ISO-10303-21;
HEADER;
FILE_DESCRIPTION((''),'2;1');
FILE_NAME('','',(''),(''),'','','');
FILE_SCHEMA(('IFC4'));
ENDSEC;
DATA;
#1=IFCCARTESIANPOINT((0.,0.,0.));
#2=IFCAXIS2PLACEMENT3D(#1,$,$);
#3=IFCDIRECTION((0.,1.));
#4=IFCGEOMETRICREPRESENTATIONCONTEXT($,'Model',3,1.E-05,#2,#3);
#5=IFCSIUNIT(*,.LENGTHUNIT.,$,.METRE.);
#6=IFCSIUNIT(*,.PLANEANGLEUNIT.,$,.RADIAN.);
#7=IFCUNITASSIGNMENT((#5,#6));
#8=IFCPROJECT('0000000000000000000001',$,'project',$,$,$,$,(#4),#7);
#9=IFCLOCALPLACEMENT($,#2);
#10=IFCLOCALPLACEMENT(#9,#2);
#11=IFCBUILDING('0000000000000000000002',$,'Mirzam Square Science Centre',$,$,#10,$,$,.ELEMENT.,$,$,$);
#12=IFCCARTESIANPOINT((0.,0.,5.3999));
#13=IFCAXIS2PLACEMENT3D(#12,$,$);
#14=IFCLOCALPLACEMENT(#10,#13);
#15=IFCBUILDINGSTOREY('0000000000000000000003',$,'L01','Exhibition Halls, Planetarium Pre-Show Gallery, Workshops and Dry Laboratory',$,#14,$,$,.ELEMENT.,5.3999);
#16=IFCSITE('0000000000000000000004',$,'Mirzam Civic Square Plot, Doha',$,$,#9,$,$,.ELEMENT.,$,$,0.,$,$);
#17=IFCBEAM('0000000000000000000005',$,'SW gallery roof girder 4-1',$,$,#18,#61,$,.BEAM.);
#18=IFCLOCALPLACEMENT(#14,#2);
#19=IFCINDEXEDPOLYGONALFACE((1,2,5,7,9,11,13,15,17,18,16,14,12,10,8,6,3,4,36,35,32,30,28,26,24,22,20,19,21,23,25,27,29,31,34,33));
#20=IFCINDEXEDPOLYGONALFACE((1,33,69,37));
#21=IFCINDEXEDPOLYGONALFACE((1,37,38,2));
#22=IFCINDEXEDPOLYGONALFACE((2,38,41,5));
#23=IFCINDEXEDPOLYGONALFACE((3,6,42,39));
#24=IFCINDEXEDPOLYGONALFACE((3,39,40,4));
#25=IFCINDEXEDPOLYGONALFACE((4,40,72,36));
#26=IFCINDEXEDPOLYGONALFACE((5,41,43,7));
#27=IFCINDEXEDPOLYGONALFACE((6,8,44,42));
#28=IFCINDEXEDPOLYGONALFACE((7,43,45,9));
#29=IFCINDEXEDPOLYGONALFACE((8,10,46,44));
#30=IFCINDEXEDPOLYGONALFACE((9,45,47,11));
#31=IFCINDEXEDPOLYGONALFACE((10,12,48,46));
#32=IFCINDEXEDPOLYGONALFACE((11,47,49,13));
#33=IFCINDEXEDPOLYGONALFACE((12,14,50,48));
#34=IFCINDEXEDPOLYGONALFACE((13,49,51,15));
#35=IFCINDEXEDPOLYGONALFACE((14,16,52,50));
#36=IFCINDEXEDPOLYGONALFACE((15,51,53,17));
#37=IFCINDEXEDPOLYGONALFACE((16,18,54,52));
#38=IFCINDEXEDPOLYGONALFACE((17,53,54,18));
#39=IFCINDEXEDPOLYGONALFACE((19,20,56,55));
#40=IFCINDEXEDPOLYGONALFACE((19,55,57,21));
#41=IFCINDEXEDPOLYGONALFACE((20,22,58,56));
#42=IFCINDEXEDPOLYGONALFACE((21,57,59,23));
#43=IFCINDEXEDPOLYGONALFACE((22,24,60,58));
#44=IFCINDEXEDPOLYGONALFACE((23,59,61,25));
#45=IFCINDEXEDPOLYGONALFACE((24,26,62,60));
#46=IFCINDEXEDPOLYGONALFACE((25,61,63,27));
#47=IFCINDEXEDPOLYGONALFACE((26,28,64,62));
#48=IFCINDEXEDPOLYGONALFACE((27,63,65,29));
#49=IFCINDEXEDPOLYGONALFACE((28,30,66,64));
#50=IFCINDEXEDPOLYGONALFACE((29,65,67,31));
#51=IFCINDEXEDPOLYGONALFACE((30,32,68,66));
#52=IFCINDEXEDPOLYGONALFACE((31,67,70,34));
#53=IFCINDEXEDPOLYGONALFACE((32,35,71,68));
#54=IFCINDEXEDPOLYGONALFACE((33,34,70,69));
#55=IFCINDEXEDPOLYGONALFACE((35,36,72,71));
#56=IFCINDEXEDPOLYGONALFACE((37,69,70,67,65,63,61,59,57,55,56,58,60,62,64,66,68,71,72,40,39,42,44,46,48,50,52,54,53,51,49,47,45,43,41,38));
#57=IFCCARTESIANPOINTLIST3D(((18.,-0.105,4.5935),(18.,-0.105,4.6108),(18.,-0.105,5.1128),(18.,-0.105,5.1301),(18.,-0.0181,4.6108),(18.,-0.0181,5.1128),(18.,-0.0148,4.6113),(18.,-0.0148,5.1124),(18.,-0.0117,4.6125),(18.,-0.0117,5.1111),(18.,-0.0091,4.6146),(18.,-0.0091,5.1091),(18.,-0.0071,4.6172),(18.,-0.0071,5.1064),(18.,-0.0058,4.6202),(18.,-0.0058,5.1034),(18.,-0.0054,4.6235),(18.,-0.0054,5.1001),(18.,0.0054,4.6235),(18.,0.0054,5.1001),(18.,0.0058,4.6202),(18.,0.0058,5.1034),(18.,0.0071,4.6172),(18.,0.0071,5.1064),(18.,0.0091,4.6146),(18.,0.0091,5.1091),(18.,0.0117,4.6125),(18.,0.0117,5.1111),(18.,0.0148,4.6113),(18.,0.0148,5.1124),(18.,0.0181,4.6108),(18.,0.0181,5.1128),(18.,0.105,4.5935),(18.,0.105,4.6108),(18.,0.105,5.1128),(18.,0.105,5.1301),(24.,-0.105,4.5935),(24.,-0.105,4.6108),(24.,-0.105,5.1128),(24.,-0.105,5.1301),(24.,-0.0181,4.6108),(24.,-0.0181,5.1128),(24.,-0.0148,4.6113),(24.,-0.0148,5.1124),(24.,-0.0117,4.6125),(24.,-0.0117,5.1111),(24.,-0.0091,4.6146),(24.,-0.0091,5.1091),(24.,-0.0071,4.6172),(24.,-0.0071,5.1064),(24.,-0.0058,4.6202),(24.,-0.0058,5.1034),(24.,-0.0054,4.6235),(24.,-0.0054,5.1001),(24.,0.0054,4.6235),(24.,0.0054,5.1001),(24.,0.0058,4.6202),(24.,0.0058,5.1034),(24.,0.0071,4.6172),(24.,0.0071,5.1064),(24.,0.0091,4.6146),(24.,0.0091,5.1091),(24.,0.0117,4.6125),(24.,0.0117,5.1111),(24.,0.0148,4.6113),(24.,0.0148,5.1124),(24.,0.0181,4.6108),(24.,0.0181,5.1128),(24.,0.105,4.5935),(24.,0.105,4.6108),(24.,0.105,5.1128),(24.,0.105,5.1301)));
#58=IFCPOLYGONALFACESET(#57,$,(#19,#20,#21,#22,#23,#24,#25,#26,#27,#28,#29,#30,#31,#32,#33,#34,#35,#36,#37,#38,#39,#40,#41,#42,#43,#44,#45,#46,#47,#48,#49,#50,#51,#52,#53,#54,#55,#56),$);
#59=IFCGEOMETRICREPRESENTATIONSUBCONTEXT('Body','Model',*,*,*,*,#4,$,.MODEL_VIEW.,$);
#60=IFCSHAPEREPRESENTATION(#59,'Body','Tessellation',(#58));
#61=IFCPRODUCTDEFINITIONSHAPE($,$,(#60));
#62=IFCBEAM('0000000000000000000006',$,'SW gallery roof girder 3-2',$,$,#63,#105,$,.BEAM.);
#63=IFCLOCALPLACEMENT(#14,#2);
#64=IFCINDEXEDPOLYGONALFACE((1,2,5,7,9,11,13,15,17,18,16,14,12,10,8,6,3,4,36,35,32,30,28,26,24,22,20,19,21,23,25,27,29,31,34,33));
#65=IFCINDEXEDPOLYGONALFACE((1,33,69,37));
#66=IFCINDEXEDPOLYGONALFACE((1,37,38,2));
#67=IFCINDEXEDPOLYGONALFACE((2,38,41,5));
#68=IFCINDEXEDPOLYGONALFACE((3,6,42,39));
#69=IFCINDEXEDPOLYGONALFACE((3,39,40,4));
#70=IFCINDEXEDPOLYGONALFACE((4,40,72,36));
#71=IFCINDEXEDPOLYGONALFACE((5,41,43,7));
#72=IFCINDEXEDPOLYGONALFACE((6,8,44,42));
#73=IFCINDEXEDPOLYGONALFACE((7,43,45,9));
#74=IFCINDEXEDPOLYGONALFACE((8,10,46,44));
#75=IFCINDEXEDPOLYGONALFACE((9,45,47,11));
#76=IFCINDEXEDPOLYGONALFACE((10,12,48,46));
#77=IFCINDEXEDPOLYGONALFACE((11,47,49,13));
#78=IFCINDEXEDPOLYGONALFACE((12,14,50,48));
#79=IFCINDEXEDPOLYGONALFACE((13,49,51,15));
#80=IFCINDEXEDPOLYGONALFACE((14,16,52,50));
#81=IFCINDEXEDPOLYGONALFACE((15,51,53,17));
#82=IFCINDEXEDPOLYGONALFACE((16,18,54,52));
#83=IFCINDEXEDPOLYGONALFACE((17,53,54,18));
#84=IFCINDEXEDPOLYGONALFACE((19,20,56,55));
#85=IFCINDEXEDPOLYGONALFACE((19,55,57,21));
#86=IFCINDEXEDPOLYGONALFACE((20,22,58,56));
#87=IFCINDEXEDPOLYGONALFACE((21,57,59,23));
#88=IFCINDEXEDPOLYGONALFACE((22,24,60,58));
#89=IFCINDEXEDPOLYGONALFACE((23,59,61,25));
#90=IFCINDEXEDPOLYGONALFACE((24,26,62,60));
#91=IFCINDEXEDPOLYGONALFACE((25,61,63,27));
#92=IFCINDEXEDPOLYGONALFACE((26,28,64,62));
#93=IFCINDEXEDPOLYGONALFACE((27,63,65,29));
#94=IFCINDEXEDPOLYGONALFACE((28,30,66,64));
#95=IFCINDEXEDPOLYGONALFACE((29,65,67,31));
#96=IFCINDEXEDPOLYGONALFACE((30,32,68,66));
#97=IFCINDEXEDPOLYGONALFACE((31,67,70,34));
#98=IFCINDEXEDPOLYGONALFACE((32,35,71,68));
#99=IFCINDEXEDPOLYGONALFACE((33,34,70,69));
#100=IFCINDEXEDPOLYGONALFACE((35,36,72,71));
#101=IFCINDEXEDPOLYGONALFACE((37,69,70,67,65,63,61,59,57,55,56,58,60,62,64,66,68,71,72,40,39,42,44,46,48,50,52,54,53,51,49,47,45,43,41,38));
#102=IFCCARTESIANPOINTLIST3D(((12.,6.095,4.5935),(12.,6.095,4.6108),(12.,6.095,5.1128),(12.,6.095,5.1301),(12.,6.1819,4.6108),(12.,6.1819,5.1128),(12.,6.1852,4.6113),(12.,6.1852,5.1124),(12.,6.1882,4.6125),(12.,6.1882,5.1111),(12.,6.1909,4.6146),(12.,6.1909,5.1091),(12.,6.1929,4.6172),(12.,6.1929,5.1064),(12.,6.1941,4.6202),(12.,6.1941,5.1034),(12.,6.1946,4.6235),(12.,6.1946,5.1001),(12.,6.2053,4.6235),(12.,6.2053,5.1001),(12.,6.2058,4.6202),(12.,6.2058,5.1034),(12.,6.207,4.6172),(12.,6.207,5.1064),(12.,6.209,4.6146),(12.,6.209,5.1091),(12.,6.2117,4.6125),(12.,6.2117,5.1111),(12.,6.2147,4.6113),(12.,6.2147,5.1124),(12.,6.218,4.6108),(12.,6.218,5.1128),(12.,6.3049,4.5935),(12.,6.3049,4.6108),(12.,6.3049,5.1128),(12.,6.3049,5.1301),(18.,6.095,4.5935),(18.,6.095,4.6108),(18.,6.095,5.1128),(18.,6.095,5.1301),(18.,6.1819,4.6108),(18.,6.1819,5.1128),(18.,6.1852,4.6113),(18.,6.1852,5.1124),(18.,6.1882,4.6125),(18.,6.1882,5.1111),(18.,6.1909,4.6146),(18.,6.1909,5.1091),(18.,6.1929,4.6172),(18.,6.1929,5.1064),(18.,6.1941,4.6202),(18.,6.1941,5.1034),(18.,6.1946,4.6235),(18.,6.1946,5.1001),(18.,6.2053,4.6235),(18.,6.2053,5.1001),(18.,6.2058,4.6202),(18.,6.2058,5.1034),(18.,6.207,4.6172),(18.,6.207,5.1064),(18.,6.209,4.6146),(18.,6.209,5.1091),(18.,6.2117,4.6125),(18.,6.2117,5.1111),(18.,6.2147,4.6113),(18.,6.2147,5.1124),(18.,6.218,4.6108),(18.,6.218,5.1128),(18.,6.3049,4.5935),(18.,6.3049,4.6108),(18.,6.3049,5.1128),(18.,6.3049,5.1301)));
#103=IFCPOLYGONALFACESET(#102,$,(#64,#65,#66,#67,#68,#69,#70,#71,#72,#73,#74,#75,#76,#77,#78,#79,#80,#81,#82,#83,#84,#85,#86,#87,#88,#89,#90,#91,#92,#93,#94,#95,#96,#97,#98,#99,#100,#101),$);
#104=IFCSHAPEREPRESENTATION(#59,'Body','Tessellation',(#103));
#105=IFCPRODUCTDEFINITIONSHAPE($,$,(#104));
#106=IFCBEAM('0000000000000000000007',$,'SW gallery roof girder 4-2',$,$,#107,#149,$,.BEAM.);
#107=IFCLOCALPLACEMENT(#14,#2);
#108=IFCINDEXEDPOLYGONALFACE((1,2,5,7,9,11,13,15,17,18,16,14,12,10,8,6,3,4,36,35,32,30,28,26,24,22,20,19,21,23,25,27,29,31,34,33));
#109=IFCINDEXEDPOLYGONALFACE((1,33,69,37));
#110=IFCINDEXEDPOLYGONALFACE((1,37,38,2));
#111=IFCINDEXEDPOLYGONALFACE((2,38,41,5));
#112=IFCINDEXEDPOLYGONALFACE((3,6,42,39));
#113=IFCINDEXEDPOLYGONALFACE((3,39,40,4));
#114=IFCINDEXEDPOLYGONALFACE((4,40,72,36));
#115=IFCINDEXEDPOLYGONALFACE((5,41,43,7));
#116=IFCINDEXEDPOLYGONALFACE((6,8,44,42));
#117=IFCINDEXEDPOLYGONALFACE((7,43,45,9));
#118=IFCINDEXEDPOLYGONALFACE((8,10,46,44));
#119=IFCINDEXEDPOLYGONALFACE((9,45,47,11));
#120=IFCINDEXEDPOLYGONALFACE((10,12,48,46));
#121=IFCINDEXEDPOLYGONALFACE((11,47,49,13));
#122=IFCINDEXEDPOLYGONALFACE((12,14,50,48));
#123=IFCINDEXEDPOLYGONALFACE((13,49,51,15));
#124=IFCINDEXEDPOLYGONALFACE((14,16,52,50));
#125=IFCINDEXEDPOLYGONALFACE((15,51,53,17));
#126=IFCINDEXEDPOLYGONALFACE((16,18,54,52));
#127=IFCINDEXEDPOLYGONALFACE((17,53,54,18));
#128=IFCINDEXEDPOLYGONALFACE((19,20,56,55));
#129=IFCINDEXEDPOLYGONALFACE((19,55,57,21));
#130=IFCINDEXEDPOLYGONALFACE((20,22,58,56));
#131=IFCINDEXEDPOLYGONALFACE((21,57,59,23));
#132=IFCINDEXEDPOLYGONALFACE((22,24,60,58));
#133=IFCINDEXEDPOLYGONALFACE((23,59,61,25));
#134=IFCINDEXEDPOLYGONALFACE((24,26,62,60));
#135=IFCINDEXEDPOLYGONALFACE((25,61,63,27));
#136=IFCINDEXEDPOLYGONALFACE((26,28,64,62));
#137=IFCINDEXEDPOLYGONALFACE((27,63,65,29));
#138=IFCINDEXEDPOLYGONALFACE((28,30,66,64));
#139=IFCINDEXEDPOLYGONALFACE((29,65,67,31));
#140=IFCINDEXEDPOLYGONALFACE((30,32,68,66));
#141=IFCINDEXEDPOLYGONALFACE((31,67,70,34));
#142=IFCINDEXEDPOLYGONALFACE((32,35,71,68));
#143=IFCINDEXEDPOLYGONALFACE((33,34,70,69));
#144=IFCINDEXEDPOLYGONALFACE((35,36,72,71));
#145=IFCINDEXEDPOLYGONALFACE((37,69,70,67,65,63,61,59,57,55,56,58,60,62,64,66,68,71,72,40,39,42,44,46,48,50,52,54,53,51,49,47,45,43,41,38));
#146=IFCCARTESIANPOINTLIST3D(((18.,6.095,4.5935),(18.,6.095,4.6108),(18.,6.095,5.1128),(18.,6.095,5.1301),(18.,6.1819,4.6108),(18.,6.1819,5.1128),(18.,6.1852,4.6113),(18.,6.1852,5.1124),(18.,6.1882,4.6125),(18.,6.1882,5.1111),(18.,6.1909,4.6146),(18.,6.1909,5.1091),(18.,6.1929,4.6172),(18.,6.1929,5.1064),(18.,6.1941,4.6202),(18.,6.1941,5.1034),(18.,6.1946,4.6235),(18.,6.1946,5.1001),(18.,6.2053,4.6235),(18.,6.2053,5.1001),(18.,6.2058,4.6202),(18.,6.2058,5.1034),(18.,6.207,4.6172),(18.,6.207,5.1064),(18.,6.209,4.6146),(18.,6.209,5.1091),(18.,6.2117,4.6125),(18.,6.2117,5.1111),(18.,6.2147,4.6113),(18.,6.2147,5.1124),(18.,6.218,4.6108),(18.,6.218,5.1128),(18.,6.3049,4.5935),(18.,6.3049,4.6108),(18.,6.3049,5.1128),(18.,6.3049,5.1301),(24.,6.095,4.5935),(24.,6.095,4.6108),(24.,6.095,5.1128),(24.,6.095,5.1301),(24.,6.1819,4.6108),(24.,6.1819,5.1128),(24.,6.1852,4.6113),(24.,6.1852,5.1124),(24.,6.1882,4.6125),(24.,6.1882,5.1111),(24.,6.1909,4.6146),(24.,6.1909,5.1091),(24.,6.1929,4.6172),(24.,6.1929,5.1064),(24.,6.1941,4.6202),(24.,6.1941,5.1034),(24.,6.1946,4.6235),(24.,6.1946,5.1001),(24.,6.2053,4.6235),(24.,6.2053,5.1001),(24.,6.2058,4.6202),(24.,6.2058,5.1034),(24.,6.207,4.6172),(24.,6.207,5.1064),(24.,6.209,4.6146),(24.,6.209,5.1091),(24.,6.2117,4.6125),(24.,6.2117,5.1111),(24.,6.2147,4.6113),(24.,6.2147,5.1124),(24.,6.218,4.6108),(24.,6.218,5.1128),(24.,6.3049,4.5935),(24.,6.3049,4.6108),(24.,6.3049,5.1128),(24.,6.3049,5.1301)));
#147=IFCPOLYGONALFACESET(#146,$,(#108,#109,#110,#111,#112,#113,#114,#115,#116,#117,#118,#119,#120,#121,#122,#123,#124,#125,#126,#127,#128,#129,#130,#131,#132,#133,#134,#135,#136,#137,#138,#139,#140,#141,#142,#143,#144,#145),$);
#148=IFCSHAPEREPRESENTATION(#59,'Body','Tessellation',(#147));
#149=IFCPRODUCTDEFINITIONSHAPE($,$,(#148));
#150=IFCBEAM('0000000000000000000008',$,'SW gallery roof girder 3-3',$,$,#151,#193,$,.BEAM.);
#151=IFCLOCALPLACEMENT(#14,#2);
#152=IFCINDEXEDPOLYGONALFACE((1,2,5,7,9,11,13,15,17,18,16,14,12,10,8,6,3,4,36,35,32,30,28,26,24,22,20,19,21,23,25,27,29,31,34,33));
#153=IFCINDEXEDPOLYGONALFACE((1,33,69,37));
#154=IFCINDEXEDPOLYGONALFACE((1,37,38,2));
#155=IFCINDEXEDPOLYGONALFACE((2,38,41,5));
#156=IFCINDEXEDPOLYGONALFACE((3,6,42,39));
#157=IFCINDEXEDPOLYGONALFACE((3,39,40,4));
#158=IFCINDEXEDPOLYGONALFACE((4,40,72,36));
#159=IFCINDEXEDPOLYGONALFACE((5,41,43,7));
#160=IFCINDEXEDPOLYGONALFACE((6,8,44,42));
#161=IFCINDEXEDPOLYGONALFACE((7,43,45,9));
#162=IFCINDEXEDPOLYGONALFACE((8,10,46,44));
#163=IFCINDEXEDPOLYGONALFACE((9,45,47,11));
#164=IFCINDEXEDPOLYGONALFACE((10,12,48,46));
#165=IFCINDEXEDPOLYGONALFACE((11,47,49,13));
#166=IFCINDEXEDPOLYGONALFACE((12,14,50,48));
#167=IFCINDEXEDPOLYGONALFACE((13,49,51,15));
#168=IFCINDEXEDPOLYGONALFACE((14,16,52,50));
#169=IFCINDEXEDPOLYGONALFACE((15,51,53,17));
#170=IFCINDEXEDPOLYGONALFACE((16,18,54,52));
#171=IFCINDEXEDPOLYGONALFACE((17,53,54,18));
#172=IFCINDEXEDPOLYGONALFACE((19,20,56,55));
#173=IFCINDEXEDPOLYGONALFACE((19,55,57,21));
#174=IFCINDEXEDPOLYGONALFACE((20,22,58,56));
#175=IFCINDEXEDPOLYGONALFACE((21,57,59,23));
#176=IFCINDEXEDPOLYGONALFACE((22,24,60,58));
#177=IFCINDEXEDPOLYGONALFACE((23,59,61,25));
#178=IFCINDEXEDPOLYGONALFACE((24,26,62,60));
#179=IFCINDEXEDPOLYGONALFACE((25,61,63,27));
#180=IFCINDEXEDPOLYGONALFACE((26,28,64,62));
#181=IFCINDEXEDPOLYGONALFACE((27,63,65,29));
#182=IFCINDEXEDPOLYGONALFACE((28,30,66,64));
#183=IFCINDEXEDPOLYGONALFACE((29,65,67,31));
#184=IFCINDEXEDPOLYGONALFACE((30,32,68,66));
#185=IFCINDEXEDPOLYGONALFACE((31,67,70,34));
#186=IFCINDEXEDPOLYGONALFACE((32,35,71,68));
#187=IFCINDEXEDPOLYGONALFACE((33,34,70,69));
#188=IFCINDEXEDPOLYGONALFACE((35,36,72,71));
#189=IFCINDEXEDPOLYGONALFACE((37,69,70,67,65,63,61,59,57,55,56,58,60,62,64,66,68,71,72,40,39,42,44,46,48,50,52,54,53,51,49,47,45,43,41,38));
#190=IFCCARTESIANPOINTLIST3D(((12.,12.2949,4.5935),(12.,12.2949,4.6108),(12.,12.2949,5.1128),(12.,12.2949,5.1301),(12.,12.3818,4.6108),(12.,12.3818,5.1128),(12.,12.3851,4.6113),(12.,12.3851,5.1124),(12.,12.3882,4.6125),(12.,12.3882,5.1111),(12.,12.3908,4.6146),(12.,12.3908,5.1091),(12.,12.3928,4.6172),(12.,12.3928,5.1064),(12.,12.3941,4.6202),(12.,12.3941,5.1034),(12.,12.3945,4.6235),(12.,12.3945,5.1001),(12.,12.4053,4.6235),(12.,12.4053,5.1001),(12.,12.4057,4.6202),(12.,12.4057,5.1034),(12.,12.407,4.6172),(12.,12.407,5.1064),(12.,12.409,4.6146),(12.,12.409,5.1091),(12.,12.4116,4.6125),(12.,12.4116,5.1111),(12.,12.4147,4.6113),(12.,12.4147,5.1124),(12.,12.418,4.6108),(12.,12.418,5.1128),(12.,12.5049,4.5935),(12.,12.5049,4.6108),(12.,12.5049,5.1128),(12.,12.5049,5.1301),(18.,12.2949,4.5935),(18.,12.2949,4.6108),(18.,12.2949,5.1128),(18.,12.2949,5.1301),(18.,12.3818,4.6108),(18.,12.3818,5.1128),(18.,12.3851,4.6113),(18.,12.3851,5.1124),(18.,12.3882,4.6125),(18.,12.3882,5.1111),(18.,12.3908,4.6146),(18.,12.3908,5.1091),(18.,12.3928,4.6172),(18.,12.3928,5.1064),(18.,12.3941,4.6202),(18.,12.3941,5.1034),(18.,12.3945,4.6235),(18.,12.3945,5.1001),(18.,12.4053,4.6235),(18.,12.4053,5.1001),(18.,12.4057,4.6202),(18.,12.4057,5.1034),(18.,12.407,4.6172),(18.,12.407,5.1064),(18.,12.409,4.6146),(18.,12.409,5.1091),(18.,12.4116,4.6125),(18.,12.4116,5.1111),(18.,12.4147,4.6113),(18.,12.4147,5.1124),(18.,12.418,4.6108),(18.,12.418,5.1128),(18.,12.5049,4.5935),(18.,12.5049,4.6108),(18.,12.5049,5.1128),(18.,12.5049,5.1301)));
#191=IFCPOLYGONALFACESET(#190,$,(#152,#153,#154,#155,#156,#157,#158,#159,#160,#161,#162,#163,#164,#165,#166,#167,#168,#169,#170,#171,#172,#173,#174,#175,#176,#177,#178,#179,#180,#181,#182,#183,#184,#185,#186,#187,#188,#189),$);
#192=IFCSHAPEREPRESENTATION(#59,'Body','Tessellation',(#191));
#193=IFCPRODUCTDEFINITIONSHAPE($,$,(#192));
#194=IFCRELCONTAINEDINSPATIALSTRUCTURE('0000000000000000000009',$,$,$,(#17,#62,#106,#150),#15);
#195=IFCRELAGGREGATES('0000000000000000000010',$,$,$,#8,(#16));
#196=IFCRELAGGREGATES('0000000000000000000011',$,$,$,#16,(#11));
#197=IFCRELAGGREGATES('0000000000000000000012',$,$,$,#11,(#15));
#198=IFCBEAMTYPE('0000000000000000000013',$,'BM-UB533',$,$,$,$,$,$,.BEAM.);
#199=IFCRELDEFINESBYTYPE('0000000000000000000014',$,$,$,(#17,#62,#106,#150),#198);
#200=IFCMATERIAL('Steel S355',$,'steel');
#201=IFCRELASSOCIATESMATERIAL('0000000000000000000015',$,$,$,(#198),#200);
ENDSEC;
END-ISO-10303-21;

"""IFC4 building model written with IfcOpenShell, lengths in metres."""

from ifc_helpers import new_model, si_unit, direction, frame, origin, origin_2d, place, context, subcontext, project, spatial, i_section, extrude, material, material_profile, profile_set, type_object, element, save


model = new_model("IFC4")

# Units and contexts
model_context = context("Model", 3, precision=1e-05, world=origin(), true_north=direction((0.0, 1.0)))
body_context = subcontext(model_context, "Body", "Model", "MODEL_VIEW")
ifc_project = project(units=[si_unit("LENGTHUNIT", "METRE"), si_unit("PLANEANGLEUNIT", "RADIAN")], contexts=[model_context])

# Site, building, storey
site_placement = place(None, origin())
site = spatial("IfcSite", under=ifc_project, at=site_placement, Name="Mirzam Civic Square Plot, Doha", CompositionType="ELEMENT", RefElevation=0.0)
building_placement = place(site_placement, origin())
building = spatial("IfcBuilding", under=site, at=building_placement, Name="Mirzam Square Science Centre", CompositionType="ELEMENT")
storey_placement = place(building_placement, frame((0.0, 0.0, 5.3999)))
storey = spatial("IfcBuildingStorey", under=building, at=storey_placement, Name="L01", Description="Exhibition Halls, Planetarium Pre-Show Gallery, Workshops and Dry Laboratory", CompositionType="ELEMENT", Elevation=5.3999)

# Shared definitions
ifc_material_1 = material(Name="Steel S355", Category="steel")

# Beams
ifc_material_profile_1 = material_profile(ifc_material_1, i_section(OverallWidth=0.21, OverallDepth=0.5366, WebThickness=0.0107, FlangeThickness=0.0173, FilletRadius=0.0127, at=origin_2d()), Name="533x210x101UB")
ifc_profile_set_1 = profile_set([ifc_material_profile_1], Name="Steel S355")
beam_type_1 = type_object("IfcBeamType", Name="BM-UB533", PredefinedType="BEAM", material=ifc_profile_set_1)
for number, where, z_axis, x_axis, name in (
    (1, (18.0, 0.0, 4.8618), (1.0, 0.0, 0.0), (0.0, 1.0, 0.0), "SW gallery roof girder 4-1"),
    (2, (12.0, 6.2, 4.8618), (1.0, 0.0, 0.0), (0.0, 1.0, 0.0), "SW gallery roof girder 3-2"),
    (3, (18.0, 6.2, 4.8618), (1.0, 0.0, 0.0), (0.0, 1.0, 0.0), "SW gallery roof girder 4-2"),
    (4, (12.0, 12.3999, 4.8618), (1.0, 0.0, 0.0), (0.0, 1.0, 0.0), "SW gallery roof girder 3-3"),
):
    element("IfcBeam", number, at=place(storey_placement, frame(where, z_axis=z_axis, x_axis=x_axis)), inside=storey, type_object=beam_type_1, Name=name, PredefinedType="BEAM", context=body_context, shape_type="SweptSolid", body=[
        extrude(i_section(OverallWidth=0.21, OverallDepth=0.5366, WebThickness=0.0107, FlangeThickness=0.0173, FilletRadius=0.0127, at=origin_2d()), origin(), (0.0, 0.0, 1.0), 6.0),
    ])

save(model, "model.ifc")
